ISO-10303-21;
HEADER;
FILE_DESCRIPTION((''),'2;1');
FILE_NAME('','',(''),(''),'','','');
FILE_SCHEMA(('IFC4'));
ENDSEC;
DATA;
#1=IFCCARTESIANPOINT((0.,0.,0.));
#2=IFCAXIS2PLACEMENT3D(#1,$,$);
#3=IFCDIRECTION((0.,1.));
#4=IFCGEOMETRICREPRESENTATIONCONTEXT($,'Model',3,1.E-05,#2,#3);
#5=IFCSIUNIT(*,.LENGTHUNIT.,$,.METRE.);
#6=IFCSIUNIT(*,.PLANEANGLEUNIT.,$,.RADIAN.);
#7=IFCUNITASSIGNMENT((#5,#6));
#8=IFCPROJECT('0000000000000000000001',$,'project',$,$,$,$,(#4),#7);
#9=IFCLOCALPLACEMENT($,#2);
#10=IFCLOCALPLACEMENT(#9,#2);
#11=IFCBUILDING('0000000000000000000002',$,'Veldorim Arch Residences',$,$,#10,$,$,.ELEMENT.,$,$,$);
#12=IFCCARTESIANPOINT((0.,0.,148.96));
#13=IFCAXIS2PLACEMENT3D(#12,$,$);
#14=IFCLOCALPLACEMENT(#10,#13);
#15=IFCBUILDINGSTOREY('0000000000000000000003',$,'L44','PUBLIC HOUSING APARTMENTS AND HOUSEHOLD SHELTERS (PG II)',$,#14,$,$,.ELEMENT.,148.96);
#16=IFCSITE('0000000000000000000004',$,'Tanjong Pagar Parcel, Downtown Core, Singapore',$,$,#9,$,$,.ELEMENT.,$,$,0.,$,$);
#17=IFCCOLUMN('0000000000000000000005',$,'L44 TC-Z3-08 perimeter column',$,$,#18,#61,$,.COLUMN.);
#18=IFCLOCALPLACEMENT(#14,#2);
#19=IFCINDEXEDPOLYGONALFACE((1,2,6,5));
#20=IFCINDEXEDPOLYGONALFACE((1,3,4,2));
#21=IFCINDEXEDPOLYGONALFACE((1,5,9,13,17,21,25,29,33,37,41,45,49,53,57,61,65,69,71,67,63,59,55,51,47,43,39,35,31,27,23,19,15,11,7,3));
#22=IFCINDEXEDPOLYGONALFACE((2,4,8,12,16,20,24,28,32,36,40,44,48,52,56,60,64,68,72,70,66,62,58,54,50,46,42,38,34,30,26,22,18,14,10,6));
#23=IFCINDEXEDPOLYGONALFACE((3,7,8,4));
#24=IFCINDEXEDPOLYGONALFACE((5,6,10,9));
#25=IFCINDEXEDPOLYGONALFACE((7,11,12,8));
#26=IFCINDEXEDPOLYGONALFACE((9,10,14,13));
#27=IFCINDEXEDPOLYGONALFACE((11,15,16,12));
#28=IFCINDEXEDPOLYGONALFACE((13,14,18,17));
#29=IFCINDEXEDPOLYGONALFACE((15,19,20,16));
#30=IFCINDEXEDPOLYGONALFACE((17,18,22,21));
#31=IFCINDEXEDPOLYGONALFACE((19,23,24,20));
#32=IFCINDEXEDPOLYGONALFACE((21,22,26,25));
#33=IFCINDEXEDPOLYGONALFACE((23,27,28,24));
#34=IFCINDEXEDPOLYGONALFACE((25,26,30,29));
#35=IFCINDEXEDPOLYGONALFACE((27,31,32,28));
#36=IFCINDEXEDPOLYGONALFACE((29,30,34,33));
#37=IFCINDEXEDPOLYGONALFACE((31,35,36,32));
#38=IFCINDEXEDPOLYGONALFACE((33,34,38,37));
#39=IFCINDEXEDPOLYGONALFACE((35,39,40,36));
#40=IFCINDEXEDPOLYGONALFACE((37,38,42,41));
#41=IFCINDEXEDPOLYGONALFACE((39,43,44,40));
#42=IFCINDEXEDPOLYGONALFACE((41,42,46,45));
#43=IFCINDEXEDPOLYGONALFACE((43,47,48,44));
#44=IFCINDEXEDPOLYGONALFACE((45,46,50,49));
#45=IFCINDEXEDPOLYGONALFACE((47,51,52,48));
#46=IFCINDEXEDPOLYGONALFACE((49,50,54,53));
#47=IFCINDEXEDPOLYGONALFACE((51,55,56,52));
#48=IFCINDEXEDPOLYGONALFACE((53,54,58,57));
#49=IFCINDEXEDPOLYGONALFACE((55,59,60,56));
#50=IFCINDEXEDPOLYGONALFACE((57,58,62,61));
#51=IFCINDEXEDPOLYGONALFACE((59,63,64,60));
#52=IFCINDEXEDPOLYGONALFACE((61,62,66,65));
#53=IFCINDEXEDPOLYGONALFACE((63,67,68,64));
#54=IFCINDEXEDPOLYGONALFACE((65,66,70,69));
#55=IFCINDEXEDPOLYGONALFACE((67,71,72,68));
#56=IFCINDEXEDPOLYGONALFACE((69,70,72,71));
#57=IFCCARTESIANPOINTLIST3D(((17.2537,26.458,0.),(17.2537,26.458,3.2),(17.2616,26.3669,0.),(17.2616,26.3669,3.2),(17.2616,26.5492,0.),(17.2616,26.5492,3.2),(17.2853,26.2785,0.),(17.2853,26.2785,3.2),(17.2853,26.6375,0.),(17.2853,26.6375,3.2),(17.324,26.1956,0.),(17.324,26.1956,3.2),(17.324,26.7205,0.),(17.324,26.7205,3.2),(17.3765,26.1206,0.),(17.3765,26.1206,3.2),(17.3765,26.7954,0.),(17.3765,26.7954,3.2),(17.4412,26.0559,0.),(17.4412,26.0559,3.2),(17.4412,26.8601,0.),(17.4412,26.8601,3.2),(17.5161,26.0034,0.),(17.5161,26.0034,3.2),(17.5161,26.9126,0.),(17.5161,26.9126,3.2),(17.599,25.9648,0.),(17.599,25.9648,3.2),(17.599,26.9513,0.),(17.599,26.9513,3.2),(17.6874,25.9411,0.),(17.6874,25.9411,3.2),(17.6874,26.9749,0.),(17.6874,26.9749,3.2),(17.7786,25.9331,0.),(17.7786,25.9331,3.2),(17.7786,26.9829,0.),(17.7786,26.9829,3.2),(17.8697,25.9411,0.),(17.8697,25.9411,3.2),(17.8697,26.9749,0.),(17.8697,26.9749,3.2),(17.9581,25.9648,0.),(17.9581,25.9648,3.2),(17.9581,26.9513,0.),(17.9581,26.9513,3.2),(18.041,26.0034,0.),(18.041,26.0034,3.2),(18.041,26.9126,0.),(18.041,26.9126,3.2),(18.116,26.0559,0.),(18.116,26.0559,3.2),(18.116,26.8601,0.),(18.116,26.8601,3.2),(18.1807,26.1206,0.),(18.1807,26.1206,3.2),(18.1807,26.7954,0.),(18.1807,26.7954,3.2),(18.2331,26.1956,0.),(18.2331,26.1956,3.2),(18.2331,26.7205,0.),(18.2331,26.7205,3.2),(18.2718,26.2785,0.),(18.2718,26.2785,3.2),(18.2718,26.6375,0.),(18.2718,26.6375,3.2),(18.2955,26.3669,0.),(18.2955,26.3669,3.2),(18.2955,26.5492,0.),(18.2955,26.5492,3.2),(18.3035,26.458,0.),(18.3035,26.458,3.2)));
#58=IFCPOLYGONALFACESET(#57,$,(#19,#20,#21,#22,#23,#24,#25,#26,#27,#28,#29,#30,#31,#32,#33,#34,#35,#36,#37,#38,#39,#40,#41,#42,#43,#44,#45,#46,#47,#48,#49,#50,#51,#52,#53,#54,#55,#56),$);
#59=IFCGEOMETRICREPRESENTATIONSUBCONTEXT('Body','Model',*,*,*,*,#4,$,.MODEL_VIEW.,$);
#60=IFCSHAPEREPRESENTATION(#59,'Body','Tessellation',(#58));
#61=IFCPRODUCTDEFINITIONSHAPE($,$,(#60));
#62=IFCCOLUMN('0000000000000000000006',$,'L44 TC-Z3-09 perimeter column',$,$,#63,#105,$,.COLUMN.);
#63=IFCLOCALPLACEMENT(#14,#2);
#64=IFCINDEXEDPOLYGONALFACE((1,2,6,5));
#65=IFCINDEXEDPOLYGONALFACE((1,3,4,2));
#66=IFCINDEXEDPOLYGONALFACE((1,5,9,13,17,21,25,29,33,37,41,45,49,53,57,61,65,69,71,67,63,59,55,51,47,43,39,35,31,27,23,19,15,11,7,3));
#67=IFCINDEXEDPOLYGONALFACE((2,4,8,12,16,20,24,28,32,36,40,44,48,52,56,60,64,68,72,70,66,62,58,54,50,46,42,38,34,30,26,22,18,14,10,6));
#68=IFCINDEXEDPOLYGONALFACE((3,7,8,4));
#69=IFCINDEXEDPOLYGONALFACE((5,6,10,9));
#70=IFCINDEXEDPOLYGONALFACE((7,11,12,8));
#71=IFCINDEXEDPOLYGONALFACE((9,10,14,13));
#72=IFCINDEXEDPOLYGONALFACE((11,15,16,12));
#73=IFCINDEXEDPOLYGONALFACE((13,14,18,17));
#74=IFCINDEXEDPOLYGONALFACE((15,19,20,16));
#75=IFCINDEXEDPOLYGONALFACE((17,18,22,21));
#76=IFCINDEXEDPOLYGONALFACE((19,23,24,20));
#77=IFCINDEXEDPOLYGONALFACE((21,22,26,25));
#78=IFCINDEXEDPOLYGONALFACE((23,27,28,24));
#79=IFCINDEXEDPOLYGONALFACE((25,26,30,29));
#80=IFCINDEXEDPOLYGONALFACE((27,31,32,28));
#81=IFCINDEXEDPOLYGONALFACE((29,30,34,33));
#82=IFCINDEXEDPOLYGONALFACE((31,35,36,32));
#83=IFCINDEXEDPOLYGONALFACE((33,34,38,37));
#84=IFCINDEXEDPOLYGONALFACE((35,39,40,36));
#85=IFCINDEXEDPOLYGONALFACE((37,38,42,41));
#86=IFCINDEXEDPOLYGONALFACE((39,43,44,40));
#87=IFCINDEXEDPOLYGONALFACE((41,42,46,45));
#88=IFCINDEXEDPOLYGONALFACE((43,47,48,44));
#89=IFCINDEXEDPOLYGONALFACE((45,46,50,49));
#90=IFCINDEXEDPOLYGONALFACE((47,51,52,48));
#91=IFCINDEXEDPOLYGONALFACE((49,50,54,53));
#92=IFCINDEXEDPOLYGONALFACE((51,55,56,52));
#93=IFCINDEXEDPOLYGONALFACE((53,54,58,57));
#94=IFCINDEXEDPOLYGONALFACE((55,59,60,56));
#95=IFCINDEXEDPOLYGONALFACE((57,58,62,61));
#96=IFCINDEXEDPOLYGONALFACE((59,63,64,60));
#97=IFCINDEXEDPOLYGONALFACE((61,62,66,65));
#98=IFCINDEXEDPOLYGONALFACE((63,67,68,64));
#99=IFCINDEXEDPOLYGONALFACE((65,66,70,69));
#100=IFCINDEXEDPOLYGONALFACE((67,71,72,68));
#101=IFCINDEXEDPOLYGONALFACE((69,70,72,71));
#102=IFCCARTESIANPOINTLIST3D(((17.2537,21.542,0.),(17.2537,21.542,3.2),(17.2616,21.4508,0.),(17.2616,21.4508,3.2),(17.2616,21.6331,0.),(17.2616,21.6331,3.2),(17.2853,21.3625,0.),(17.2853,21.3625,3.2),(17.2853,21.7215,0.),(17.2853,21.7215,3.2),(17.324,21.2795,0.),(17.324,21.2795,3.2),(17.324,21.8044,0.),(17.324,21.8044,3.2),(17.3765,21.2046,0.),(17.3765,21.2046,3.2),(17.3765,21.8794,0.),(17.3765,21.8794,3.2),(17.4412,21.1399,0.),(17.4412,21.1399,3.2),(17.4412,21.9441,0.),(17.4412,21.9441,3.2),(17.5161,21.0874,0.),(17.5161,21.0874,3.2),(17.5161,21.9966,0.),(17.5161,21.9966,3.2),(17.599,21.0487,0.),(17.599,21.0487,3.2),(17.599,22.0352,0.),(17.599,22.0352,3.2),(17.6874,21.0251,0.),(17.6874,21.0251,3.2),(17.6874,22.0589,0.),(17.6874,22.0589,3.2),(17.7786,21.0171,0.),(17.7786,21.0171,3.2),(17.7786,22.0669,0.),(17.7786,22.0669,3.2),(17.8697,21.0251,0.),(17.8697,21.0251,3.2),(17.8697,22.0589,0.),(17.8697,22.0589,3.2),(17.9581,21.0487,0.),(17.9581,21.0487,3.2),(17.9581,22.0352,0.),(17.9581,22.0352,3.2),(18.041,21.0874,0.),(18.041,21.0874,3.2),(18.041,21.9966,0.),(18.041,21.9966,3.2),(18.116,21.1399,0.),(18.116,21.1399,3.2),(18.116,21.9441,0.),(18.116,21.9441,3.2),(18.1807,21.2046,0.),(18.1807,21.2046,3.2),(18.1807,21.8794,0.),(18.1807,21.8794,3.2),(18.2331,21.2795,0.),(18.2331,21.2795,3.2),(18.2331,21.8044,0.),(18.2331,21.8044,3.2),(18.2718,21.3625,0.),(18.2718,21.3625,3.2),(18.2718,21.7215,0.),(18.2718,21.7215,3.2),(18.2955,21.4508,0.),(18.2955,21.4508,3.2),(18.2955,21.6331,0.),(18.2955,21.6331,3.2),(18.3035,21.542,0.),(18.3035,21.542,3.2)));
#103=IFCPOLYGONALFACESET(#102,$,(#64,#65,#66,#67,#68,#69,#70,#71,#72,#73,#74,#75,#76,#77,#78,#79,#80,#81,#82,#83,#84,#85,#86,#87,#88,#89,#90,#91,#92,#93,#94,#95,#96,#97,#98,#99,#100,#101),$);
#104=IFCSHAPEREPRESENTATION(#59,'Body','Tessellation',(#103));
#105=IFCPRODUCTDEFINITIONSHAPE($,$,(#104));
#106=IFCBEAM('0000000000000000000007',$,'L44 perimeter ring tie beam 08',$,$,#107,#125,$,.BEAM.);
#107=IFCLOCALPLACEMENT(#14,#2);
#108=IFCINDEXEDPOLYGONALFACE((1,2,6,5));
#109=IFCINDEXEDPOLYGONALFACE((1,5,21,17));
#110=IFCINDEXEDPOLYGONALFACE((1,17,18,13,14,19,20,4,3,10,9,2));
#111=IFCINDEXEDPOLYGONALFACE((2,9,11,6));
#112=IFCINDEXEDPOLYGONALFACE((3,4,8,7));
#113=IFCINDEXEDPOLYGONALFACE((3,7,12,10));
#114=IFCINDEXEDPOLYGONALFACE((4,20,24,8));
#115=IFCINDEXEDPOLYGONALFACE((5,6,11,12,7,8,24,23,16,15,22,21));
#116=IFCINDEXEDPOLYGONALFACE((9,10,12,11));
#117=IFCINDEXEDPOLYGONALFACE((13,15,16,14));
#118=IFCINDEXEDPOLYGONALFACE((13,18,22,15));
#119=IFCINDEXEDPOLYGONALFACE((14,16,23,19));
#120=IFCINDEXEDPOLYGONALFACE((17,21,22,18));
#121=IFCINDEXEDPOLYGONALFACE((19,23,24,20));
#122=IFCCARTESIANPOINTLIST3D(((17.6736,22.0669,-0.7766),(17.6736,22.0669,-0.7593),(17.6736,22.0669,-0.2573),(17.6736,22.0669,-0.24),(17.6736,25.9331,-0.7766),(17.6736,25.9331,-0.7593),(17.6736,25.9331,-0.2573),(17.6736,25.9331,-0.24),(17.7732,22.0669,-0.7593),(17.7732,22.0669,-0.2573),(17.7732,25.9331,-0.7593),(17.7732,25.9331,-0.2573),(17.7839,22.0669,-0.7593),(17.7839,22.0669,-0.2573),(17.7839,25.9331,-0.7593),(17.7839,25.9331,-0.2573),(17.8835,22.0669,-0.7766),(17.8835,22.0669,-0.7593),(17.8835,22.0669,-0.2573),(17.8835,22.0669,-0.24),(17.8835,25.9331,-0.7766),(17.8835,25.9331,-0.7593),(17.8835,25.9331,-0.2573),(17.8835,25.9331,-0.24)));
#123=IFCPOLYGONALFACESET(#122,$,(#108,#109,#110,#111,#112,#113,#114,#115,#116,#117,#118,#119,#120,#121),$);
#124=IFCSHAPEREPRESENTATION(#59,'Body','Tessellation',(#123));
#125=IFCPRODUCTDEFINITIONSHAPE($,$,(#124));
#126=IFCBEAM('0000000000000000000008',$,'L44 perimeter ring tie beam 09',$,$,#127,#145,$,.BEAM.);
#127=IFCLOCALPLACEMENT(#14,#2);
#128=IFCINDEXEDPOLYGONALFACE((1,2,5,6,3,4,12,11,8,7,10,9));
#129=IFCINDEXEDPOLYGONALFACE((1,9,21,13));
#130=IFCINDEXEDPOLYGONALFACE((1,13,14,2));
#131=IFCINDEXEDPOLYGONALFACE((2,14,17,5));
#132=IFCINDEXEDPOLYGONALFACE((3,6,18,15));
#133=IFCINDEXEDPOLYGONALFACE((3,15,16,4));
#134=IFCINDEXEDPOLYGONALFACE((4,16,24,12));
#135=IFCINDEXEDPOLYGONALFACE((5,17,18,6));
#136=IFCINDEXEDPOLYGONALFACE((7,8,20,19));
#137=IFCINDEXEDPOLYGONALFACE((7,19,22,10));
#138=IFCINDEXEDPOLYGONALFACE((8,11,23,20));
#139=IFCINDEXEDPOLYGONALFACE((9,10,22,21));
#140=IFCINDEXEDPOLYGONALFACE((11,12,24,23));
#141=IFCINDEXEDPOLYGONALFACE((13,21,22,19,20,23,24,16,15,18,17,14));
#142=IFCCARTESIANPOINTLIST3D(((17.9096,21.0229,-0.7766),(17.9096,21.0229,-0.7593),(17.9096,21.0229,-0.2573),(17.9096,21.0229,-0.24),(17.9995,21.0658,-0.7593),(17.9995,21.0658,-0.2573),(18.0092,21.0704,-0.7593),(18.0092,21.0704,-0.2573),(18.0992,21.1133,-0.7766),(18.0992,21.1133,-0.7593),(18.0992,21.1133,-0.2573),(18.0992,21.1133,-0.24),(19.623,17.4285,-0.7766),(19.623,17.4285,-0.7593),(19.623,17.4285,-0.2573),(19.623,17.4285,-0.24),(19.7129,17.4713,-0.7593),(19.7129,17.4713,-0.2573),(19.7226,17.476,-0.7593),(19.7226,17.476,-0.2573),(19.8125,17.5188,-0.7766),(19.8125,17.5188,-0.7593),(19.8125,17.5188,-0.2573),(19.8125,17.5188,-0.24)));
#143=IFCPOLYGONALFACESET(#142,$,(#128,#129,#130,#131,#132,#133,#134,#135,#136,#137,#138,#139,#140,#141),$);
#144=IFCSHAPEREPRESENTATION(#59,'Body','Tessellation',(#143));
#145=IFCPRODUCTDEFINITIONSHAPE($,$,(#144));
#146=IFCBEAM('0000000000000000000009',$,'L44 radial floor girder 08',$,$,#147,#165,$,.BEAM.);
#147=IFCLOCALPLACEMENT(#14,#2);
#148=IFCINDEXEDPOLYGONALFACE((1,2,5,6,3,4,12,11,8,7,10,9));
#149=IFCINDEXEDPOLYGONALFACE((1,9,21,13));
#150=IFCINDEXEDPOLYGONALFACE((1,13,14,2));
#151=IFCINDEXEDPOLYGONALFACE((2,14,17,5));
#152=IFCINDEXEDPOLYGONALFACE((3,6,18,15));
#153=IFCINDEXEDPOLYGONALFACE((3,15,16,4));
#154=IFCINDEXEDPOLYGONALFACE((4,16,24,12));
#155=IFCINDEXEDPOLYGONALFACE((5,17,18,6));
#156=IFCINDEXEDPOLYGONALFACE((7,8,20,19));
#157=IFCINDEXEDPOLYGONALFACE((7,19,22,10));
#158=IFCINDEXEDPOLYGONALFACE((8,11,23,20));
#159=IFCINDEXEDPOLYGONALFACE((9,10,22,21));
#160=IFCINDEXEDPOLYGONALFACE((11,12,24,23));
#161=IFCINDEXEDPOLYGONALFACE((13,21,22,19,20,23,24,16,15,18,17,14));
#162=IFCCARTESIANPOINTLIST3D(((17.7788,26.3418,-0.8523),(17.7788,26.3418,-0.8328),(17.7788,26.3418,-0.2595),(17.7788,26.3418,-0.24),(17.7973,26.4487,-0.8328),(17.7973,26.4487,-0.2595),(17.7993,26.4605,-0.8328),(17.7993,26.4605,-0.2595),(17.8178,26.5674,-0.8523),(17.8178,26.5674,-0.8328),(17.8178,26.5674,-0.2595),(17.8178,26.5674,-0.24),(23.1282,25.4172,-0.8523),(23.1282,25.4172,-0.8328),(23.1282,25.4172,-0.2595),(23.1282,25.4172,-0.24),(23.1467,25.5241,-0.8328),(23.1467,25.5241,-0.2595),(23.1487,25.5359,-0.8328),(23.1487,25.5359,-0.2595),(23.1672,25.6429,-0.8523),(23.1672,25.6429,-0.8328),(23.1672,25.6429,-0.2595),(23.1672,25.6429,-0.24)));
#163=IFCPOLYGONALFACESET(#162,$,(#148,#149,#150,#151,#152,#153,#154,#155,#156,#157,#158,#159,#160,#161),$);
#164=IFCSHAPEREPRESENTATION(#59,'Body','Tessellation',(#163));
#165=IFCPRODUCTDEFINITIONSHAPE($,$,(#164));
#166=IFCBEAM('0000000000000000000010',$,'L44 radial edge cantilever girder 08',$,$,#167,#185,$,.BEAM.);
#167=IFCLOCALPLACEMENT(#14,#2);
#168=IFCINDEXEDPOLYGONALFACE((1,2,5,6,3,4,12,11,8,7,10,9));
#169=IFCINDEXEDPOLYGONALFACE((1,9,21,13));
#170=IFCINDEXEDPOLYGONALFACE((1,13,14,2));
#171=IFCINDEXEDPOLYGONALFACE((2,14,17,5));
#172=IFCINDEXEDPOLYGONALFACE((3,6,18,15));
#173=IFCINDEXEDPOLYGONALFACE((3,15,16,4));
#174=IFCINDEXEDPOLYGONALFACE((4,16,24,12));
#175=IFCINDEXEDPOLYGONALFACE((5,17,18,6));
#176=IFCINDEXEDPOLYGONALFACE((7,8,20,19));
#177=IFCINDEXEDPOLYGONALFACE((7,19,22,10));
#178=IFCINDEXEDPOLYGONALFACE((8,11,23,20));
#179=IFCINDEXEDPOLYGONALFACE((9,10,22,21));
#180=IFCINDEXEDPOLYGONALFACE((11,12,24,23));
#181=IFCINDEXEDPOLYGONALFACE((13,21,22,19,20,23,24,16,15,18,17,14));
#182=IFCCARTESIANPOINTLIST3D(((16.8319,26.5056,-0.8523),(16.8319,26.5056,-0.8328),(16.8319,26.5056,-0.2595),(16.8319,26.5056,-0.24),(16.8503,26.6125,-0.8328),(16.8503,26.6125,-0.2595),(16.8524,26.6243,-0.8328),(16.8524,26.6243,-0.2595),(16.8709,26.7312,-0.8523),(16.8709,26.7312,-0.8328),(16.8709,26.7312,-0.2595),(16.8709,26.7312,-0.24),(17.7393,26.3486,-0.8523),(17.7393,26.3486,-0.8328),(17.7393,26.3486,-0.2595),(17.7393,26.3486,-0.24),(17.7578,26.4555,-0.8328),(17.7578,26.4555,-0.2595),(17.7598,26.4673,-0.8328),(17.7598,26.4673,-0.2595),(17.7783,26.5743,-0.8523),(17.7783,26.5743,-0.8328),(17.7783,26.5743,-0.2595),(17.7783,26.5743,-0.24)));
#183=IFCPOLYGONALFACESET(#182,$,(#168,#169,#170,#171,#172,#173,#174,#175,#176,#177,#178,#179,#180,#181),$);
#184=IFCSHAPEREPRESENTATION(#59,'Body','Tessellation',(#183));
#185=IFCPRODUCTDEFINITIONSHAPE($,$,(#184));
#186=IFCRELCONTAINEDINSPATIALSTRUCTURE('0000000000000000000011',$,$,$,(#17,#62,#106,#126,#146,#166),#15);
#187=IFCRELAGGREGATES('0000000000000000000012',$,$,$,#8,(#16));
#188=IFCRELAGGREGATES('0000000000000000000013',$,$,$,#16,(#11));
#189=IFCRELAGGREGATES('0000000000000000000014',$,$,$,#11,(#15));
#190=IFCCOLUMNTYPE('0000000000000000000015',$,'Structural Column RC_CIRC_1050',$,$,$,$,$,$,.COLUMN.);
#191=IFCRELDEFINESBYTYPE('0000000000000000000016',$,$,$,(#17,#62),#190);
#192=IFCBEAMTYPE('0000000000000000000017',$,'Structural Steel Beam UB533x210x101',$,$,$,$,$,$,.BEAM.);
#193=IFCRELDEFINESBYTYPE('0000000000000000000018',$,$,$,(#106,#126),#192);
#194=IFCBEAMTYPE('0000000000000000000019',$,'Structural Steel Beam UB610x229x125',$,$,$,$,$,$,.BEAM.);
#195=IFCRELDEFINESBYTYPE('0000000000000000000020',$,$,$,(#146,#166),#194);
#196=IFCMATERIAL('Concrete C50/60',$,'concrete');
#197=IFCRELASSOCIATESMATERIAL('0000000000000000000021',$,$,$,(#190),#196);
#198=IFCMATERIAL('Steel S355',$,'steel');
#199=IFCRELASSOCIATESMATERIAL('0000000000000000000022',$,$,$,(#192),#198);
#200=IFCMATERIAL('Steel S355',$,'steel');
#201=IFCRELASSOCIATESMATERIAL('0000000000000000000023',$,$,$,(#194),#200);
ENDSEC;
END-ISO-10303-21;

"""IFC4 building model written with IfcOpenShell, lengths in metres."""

from ifc_helpers import new_model, si_unit, direction, frame, origin, origin_2d, place, context, subcontext, project, spatial, circle, i_section, extrude, material, material_profile, profile_set, type_object, element, save


model = new_model("IFC4")

# Units and contexts
model_context = context("Model", 3, precision=1e-05, world=origin(), true_north=direction((0.0, 1.0)))
body_context = subcontext(model_context, "Body", "Model", "MODEL_VIEW")
ifc_project = project(units=[si_unit("LENGTHUNIT", "METRE"), si_unit("PLANEANGLEUNIT", "RADIAN")], contexts=[model_context])

# Site, building, storey
site_placement = place(None, origin())
site = spatial("IfcSite", under=ifc_project, at=site_placement, Name="Tanjong Pagar Parcel, Downtown Core, Singapore", CompositionType="ELEMENT", RefElevation=0.0)
building_placement = place(site_placement, origin())
building = spatial("IfcBuilding", under=site, at=building_placement, Name="Veldorim Arch Residences", CompositionType="ELEMENT")
storey_placement = place(building_placement, frame((0.0, 0.0, 148.96)))
storey = spatial("IfcBuildingStorey", under=building, at=storey_placement, Name="L44", Description="PUBLIC HOUSING APARTMENTS AND HOUSEHOLD SHELTERS (PG II)", CompositionType="ELEMENT", Elevation=148.96)

# Columns
ifc_material_1 = material(Name="Concrete C50/60", Category="concrete")
ifc_material_profile_1 = material_profile(ifc_material_1, circle(Radius=0.5249, at=origin_2d()), Name="RC_CIRC_1050")
ifc_profile_set_1 = profile_set([ifc_material_profile_1], Name="Concrete C50/60")
column_type = type_object("IfcColumnType", Name="Structural Column RC_CIRC_1050", PredefinedType="COLUMN", material=ifc_profile_set_1)
for number, where, z_axis, x_axis, name in (
    (1, (17.7786, 26.458, 0.0), (0.0, 0.0, 1.0), (1.0, 0.0, 0.0), "L44 TC-Z3-08 perimeter column"),
    (2, (17.7786, 21.542, 0.0), (0.0, 0.0, 1.0), (1.0, 0.0, 0.0), "L44 TC-Z3-09 perimeter column"),
):
    element("IfcColumn", number, at=place(storey_placement, frame(where, z_axis=z_axis, x_axis=x_axis)), inside=storey, type_object=column_type, Name=name, PredefinedType="COLUMN", context=body_context, shape_type="SweptSolid", body=[
        extrude(circle(Radius=0.5249, at=origin_2d()), origin(), (0.0, 0.0, 1.0), 3.2),
    ])

# Beams
ifc_material_2 = material(Name="Steel S355", Category="steel")
ifc_material_profile_2 = material_profile(ifc_material_2, i_section(OverallWidth=0.21, OverallDepth=0.5366, WebThickness=0.0107, FlangeThickness=0.0173, at=origin_2d()), Name="UB533x210x101")
ifc_profile_set_2 = profile_set([ifc_material_profile_2], Name="Steel S355")
beam_type_1 = type_object("IfcBeamType", Name="Structural Steel Beam UB533x210x101", PredefinedType="BEAM", material=ifc_profile_set_2)
beam_1_placement = place(storey_placement, frame((17.7786, 25.9331, -0.5083), z_axis=(0.0, -1.0, 0.0), x_axis=(1.0, 0.0, 0.0)))
element("IfcBeam", 3, at=beam_1_placement, inside=storey, type_object=beam_type_1, Name="L44 perimeter ring tie beam 08", PredefinedType="BEAM", context=body_context, shape_type="SweptSolid", body=[
    extrude(i_section(OverallWidth=0.21, OverallDepth=0.5366, WebThickness=0.0107, FlangeThickness=0.0173, at=origin_2d()), origin(), (0.0, 0.0, 1.0), 3.8662),
])
beam_2_placement = place(storey_placement, frame((18.0044, 21.0681, -0.5083), z_axis=(0.430286, -0.902693, 0.0), x_axis=(0.902693, 0.430286, 0.0)))
element("IfcBeam", 4, at=beam_2_placement, inside=storey, type_object=beam_type_1, Name="L44 perimeter ring tie beam 09", PredefinedType="BEAM", context=body_context, shape_type="SweptSolid", body=[
    extrude(i_section(OverallWidth=0.21, OverallDepth=0.5366, WebThickness=0.0107, FlangeThickness=0.0173, at=origin_2d()), origin(), (0.0, 0.0, 1.0), 3.9819),
])
ifc_material_3 = material(Name="Steel S355", Category="steel")
ifc_material_profile_3 = material_profile(ifc_material_3, i_section(OverallWidth=0.229, OverallDepth=0.6123, WebThickness=0.012, FlangeThickness=0.0195, at=origin_2d()), Name="UB610x229x125")
ifc_profile_set_3 = profile_set([ifc_material_profile_3], Name="Steel S355")
beam_type_2 = type_object("IfcBeamType", Name="Structural Steel Beam UB610x229x125", PredefinedType="BEAM", material=ifc_profile_set_3)
beam_3_placement = place(storey_placement, frame((23.1477, 25.53, -0.5461), z_axis=(-0.98539, 0.170311, 0.0), x_axis=(-0.170311, -0.98539, 0.0)))
element("IfcBeam", 5, at=beam_3_placement, inside=storey, type_object=beam_type_2, Name="L44 radial floor girder 08", PredefinedType="BEAM", context=body_context, shape_type="SweptSolid", body=[
    extrude(i_section(OverallWidth=0.229, OverallDepth=0.6123, WebThickness=0.012, FlangeThickness=0.0195, at=origin_2d()), origin(), (0.0, 0.0, 1.0), 5.4287),
])
beam_4_placement = place(storey_placement, frame((17.7588, 26.4614, -0.5461), z_axis=(-0.985365, 0.170457, 0.0), x_axis=(-0.170457, -0.985365, 0.0)))
element("IfcBeam", 6, at=beam_4_placement, inside=storey, type_object=beam_type_2, Name="L44 radial edge cantilever girder 08", PredefinedType="BEAM", context=body_context, shape_type="SweptSolid", body=[
    extrude(i_section(OverallWidth=0.229, OverallDepth=0.6123, WebThickness=0.012, FlangeThickness=0.0195, at=origin_2d()), origin(), (0.0, 0.0, 1.0), 0.9209),
])

save(model, "model.ifc")
